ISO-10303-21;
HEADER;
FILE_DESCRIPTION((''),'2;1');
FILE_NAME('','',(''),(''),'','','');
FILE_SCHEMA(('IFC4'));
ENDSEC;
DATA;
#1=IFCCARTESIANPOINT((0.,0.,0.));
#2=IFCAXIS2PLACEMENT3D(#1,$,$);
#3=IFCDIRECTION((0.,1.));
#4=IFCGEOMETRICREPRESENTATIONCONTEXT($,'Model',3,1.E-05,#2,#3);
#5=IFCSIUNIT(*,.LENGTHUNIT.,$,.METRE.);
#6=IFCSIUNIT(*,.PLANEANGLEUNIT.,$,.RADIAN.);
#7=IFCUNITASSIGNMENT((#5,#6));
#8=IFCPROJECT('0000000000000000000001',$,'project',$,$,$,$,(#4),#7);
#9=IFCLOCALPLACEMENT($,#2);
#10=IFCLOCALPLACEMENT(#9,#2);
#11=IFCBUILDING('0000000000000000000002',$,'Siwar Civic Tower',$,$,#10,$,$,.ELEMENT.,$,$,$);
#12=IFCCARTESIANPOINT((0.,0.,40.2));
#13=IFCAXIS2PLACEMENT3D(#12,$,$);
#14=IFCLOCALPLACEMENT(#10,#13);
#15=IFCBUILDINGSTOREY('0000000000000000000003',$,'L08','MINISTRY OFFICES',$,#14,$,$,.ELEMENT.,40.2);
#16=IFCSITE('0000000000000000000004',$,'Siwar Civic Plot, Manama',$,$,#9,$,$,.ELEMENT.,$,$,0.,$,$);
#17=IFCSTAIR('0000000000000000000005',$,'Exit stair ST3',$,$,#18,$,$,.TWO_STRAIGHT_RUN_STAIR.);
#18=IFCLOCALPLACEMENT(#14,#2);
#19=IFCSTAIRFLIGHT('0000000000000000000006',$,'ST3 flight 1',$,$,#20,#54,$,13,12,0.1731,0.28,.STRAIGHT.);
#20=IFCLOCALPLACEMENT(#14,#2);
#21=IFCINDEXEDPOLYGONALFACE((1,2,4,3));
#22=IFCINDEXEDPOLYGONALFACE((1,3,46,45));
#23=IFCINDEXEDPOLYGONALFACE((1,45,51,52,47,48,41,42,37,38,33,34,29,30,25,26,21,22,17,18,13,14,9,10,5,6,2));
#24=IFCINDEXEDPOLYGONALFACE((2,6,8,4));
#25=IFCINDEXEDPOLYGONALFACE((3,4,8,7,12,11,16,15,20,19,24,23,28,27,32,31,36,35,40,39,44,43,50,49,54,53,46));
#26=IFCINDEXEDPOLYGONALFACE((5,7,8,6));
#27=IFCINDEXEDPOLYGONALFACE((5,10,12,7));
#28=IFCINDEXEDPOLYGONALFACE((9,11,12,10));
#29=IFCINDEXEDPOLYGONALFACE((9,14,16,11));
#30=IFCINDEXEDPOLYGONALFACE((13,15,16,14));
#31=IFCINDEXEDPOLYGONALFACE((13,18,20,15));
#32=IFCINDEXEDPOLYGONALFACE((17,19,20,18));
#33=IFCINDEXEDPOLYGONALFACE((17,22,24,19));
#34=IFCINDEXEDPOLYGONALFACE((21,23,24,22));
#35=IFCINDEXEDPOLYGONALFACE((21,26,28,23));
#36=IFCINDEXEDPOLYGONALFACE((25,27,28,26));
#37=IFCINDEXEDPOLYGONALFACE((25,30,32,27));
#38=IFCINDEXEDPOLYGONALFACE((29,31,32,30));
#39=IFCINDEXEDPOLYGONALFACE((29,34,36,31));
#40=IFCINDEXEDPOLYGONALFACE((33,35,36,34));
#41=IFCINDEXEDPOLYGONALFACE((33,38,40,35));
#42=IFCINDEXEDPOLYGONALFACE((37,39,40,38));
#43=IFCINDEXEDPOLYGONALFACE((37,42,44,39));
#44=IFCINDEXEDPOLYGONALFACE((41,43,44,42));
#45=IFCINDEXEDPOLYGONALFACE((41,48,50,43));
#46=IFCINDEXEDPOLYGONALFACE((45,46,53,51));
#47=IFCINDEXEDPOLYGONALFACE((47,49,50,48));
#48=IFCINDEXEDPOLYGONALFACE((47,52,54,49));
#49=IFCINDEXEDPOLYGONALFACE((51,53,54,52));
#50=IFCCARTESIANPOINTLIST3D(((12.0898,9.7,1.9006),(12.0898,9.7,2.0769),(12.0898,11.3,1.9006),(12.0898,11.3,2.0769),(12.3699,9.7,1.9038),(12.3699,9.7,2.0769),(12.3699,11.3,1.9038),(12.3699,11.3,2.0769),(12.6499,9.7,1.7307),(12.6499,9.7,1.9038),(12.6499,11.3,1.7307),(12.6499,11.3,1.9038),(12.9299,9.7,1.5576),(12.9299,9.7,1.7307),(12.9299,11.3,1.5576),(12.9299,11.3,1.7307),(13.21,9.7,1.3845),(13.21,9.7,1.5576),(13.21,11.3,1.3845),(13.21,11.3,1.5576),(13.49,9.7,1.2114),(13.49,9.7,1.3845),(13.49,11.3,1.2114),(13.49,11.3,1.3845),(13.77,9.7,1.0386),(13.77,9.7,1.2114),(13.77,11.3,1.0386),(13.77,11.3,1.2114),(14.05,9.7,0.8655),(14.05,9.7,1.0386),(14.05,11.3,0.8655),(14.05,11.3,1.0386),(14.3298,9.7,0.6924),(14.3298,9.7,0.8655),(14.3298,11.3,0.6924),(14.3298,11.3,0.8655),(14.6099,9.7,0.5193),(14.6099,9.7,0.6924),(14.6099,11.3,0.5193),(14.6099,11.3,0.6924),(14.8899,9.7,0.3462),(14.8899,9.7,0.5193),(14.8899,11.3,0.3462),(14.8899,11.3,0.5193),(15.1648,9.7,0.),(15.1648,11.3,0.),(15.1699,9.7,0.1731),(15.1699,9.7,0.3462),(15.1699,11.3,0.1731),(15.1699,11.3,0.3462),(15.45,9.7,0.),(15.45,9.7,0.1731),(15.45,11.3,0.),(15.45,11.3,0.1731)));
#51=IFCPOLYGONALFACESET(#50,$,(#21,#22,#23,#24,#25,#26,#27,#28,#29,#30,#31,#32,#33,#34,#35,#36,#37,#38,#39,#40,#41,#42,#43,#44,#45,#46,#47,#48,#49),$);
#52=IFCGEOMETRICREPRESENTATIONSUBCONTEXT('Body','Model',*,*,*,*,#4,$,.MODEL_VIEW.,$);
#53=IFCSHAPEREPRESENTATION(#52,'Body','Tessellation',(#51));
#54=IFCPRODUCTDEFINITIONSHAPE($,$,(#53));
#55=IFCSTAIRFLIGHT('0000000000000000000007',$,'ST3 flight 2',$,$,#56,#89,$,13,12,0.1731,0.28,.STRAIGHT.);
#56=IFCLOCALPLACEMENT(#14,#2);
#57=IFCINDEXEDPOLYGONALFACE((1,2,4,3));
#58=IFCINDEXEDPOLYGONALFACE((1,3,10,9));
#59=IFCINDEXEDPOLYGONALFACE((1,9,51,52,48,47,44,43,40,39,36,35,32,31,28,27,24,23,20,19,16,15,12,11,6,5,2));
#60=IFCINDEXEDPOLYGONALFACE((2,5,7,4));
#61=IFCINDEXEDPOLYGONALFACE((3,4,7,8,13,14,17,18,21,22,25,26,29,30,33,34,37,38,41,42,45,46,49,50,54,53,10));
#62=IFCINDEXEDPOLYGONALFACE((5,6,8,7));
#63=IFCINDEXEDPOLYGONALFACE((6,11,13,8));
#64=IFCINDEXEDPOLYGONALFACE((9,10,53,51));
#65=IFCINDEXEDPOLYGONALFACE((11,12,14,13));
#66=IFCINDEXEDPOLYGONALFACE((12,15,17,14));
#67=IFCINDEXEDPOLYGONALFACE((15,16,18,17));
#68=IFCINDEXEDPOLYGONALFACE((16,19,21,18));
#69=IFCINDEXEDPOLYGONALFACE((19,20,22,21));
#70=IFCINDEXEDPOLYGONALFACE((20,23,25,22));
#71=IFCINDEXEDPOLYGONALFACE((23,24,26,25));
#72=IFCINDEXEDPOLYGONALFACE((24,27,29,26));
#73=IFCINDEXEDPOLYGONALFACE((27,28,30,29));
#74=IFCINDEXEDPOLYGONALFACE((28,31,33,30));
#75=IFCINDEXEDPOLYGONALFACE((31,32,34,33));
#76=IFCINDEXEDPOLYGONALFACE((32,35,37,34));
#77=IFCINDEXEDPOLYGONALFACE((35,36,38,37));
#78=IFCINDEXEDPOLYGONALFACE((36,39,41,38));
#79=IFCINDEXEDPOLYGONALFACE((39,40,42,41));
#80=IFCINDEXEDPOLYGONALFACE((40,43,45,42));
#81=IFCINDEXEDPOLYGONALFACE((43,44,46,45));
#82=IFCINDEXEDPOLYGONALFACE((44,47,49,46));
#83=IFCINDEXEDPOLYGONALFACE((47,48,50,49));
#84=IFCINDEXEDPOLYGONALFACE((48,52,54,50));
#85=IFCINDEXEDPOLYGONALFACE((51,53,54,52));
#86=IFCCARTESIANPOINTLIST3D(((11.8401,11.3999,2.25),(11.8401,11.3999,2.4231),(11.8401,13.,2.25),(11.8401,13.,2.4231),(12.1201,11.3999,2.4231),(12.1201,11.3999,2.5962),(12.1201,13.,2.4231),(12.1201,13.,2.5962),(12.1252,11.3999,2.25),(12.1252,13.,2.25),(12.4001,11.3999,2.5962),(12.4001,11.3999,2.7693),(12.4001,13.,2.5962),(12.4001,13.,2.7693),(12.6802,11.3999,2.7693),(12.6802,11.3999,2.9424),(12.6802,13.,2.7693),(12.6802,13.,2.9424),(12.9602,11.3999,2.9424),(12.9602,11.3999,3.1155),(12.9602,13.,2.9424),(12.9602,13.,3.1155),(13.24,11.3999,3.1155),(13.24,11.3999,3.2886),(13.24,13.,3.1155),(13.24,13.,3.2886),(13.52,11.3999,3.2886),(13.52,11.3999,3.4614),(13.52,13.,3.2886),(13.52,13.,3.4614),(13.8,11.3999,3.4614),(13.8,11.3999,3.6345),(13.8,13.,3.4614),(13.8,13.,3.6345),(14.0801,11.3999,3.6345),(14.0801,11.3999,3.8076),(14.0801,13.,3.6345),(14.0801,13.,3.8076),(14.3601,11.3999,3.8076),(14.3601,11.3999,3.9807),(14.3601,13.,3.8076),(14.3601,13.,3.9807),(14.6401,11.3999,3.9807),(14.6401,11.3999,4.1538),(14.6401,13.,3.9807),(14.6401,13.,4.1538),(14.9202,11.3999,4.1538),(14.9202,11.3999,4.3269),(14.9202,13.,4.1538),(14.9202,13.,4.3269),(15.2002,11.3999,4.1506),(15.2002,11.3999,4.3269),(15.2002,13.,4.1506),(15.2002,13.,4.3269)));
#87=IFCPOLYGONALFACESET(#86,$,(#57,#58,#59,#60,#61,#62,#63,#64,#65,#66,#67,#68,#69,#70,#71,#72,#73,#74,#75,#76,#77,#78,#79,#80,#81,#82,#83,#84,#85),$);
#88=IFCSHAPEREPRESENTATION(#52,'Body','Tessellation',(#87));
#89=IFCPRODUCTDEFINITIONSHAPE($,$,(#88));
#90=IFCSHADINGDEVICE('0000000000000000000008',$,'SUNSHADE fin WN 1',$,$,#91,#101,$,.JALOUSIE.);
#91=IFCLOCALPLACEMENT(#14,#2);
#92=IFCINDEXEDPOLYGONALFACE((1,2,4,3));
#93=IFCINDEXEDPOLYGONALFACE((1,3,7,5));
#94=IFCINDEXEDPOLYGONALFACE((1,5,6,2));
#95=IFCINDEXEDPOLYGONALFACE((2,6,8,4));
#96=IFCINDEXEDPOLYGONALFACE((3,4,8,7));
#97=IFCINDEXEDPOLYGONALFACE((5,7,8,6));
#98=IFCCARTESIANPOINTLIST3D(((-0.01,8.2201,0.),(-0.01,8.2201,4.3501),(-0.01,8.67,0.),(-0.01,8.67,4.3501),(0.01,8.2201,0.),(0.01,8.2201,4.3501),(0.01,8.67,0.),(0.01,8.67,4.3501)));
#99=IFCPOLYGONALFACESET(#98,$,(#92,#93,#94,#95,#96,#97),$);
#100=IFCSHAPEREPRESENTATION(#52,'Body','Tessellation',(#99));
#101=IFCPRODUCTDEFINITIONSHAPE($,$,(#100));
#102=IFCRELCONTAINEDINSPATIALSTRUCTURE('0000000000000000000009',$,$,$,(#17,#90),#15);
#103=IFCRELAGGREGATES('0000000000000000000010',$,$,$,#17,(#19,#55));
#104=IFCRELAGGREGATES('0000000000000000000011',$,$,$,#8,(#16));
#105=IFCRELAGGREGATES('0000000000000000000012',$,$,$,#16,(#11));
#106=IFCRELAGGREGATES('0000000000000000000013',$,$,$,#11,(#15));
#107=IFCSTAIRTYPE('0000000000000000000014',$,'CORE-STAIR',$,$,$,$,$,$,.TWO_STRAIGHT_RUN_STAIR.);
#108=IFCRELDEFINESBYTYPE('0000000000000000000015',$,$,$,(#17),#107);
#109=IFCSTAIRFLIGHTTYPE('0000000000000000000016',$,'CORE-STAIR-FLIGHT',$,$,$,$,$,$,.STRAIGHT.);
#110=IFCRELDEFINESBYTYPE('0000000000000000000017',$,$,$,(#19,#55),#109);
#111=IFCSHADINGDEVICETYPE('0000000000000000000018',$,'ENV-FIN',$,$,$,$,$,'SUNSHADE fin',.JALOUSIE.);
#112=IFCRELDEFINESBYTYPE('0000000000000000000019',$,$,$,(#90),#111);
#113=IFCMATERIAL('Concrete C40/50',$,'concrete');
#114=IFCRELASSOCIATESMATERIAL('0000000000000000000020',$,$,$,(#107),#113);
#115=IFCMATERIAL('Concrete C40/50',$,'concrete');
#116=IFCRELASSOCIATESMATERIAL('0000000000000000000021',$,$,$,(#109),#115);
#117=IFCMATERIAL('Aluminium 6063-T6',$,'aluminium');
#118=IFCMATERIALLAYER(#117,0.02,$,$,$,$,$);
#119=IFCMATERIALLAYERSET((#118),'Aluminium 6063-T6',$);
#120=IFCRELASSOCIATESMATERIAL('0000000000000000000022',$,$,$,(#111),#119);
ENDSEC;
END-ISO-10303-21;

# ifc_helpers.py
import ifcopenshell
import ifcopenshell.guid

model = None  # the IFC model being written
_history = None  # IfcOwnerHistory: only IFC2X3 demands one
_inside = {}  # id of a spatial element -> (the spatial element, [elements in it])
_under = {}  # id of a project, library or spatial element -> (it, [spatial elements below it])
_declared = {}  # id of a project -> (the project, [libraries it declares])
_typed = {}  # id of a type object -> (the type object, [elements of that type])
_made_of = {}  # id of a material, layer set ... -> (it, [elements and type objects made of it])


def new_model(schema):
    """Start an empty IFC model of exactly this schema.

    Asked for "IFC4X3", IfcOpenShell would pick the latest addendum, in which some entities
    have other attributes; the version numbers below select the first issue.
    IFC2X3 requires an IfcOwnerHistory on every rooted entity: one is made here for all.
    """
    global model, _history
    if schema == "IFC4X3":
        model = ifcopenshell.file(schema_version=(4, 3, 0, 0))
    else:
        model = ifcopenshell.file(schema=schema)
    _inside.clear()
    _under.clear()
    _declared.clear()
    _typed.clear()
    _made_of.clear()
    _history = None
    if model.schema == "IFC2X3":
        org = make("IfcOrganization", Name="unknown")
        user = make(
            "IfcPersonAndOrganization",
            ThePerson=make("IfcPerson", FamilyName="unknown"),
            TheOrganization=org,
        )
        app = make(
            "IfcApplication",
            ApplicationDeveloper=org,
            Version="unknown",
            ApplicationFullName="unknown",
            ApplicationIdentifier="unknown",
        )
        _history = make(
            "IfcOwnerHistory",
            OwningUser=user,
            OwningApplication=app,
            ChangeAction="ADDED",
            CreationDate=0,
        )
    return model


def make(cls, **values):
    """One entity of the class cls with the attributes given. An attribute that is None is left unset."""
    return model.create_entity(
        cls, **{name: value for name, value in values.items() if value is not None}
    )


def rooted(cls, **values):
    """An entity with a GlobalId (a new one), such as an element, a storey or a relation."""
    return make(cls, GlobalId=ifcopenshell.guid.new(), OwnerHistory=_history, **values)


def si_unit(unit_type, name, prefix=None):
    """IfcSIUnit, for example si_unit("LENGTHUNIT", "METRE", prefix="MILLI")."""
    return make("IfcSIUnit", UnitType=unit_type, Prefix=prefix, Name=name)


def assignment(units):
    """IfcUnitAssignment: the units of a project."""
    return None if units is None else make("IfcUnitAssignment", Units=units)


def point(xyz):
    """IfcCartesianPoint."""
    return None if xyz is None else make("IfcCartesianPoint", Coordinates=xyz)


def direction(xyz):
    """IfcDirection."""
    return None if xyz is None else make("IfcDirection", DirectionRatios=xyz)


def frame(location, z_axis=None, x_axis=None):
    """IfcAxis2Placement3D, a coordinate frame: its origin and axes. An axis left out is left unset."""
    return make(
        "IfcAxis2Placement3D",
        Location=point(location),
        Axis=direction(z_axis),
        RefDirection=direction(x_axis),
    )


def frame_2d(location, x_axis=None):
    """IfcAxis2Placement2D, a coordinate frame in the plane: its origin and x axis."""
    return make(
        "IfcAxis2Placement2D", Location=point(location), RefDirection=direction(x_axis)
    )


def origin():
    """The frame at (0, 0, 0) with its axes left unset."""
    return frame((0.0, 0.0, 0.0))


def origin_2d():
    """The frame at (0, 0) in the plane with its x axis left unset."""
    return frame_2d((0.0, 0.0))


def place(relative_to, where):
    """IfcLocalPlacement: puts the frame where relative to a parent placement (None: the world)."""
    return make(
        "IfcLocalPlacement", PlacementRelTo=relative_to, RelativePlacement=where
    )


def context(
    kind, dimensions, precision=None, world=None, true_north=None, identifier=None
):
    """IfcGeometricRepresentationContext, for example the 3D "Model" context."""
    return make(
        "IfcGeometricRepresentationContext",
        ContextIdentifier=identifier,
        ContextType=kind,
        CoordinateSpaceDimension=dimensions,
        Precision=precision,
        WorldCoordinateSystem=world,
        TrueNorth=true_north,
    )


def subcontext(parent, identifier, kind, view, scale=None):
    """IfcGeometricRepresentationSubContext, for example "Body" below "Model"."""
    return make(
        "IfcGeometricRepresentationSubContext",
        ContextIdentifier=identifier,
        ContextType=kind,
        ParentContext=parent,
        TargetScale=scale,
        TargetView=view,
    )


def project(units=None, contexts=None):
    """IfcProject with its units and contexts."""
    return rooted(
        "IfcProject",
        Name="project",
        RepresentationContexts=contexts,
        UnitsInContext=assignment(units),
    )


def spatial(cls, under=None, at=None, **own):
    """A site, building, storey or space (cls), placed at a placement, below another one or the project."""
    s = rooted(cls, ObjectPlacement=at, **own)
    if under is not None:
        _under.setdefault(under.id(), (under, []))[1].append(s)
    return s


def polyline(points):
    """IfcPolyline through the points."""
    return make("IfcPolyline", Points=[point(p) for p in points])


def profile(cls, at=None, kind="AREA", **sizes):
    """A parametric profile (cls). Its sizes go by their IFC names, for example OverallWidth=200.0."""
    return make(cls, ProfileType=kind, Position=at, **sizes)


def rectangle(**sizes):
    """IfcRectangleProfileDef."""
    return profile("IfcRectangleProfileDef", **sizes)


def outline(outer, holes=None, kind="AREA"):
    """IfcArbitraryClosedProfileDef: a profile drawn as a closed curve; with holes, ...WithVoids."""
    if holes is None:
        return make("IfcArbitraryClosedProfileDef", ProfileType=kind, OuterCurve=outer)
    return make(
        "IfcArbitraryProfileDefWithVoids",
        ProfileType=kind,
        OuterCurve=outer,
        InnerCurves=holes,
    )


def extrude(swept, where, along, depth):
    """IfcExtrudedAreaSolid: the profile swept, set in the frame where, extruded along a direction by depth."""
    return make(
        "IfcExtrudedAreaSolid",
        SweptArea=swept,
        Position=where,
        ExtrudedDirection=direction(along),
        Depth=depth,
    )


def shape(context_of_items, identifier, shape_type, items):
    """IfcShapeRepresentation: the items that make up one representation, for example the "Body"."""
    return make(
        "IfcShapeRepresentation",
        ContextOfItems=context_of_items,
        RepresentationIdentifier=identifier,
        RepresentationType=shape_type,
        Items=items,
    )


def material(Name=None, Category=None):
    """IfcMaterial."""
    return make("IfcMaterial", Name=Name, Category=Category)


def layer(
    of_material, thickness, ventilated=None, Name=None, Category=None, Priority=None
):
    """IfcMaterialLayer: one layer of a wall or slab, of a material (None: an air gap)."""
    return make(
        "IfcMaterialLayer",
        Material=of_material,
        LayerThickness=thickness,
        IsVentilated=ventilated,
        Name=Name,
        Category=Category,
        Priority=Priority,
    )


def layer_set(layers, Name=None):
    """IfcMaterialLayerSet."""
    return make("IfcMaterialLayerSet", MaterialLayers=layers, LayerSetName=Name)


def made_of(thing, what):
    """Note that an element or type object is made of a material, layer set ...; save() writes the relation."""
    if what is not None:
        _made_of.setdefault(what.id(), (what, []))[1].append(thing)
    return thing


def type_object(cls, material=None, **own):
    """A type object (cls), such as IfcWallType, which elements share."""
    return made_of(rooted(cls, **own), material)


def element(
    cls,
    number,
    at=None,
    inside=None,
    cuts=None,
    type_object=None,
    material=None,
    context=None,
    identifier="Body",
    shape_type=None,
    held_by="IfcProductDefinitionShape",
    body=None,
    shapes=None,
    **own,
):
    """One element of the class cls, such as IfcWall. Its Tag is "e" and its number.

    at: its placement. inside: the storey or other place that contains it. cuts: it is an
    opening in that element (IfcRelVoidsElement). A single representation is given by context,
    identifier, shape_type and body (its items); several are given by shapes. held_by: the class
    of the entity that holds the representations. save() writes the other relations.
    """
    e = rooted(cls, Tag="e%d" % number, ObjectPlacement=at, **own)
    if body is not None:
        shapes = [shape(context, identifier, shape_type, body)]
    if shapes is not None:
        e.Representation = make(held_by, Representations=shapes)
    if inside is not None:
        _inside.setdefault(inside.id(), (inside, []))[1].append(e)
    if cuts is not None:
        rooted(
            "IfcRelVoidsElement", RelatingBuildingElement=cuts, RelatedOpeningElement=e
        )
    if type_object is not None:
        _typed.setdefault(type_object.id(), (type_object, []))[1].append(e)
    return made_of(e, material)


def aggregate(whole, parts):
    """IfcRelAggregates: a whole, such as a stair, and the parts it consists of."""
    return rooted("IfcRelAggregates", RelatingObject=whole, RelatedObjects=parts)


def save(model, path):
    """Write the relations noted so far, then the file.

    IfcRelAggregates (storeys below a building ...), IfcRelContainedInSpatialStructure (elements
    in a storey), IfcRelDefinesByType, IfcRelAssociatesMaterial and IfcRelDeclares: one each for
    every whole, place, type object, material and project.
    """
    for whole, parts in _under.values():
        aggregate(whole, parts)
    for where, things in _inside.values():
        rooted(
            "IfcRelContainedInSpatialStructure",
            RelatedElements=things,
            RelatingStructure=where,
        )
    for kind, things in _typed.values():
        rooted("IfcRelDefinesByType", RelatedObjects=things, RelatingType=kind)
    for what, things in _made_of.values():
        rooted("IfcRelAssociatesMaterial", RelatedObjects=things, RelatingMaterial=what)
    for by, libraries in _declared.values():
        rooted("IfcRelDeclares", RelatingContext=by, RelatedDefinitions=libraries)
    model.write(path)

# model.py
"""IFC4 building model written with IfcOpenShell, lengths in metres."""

from ifc_helpers import new_model, si_unit, direction, frame, origin, origin_2d, place, context, subcontext, project, spatial, polyline, rectangle, outline, extrude, material, layer, layer_set, type_object, element, aggregate, save


model = new_model("IFC4")

# Units and contexts
model_context = context("Model", 3, precision=1e-05, world=origin(), true_north=direction((0.0, 1.0)))
body_context = subcontext(model_context, "Body", "Model", "MODEL_VIEW")
ifc_project = project(units=[si_unit("LENGTHUNIT", "METRE"), si_unit("PLANEANGLEUNIT", "RADIAN")], contexts=[model_context])

# Site, building, storey
site_placement = place(None, origin())
site = spatial("IfcSite", under=ifc_project, at=site_placement, Name="Siwar Civic Plot, Manama", CompositionType="ELEMENT", RefElevation=0.0)
building_placement = place(site_placement, origin())
building = spatial("IfcBuilding", under=site, at=building_placement, Name="Siwar Civic Tower", CompositionType="ELEMENT")
storey_placement = place(building_placement, frame((0.0, 0.0, 40.2)))
storey = spatial("IfcBuildingStorey", under=building, at=storey_placement, Name="L08", Description="MINISTRY OFFICES", CompositionType="ELEMENT", Elevation=40.2)

# Shared definitions
ifc_material_1 = material(Name="Concrete C40/50", Category="concrete")
stair_type = type_object("IfcStairType", Name="CORE-STAIR", PredefinedType="TWO_STRAIGHT_RUN_STAIR", material=ifc_material_1)

# Stair
stair_1_placement = place(storey_placement, origin())
stair_1 = element("IfcStair", 1, at=stair_1_placement, inside=storey, type_object=stair_type, Name="Exit stair ST3", PredefinedType="TWO_STRAIGHT_RUN_STAIR")

# Stair flights
ifc_material_2 = material(Name="Concrete C40/50", Category="concrete")
stair_flight_type = type_object("IfcStairFlightType", Name="CORE-STAIR-FLIGHT", PredefinedType="STRAIGHT", material=ifc_material_2)
stair_flight_1_placement = place(storey_placement, frame((15.45, 10.5, 0.0), z_axis=(0.0, 0.0, 1.0), x_axis=(-1.0, 0.0, 0.0)))
stair_flight_1 = element("IfcStairFlight", 2, at=stair_flight_1_placement, type_object=stair_flight_type, Name="ST3 flight 1", NumberOfRisers=13, NumberOfTreads=12, PredefinedType="STRAIGHT", RiserHeight=0.1731, TreadLength=0.28, context=body_context, shape_type="SweptSolid", body=[
    extrude(outline(polyline([(0.0, 0.0), (0.0, 0.1731), (0.28, 0.1731), (0.28, 0.3462), (0.5601, 0.3462), (0.5601, 0.5193), (0.8401, 0.5193), (0.8401, 0.6924), (1.1201, 0.6924), (1.1201, 0.8655), (1.3999, 0.8655), (1.3999, 1.0386), (1.6799, 1.0386), (1.6799, 1.2114), (1.96, 1.2114), (1.96, 1.3845), (2.24, 1.3845), (2.24, 1.5576), (2.52, 1.5576), (2.52, 1.7307), (2.8, 1.7307), (2.8, 1.9038), (3.0801, 1.9038), (3.0801, 2.0769), (3.3601, 2.0769), (3.3601, 2.25), (3.3601, 1.9006), (0.2852, 0.0), (0.0, 0.0)])), frame((0.0, 0.8, 0.0), z_axis=(0.0, -1.0, 0.0), x_axis=(1.0, 0.0, 0.0)), (0.0, 0.0, 1.0), 1.6001),
])
stair_flight_2_placement = place(storey_placement, frame((11.8401, 12.2, 2.25), z_axis=(0.0, 0.0, 1.0), x_axis=(1.0, 0.0, 0.0)))
stair_flight_2 = element("IfcStairFlight", 3, at=stair_flight_2_placement, type_object=stair_flight_type, Name="ST3 flight 2", NumberOfRisers=13, NumberOfTreads=12, PredefinedType="STRAIGHT", RiserHeight=0.1731, TreadLength=0.28, context=body_context, shape_type="SweptSolid", body=[
    extrude(outline(polyline([(0.0, 0.0), (0.0, 0.1731), (0.28, 0.1731), (0.28, 0.3462), (0.5601, 0.3462), (0.5601, 0.5193), (0.8401, 0.5193), (0.8401, 0.6924), (1.1201, 0.6924), (1.1201, 0.8655), (1.3999, 0.8655), (1.3999, 1.0386), (1.6799, 1.0386), (1.6799, 1.2114), (1.96, 1.2114), (1.96, 1.3845), (2.24, 1.3845), (2.24, 1.5576), (2.52, 1.5576), (2.52, 1.7307), (2.8, 1.7307), (2.8, 1.9038), (3.0801, 1.9038), (3.0801, 2.0769), (3.3601, 2.0769), (3.3601, 2.25), (3.3601, 1.9006), (0.2852, 0.0), (0.0, 0.0)])), frame((0.0, 0.8, 0.0), z_axis=(0.0, -1.0, 0.0), x_axis=(1.0, 0.0, 0.0)), (0.0, 0.0, 1.0), 1.6001),
])
aggregate(stair_1, [stair_flight_1, stair_flight_2])

# Shading device
ifc_material_3 = material(Name="Aluminium 6063-T6", Category="aluminium")
ifc_layer_1 = layer(ifc_material_3, 0.02)
ifc_layer_set_1 = layer_set([ifc_layer_1], Name="Aluminium 6063-T6")
shading_device_type = type_object("IfcShadingDeviceType", Name="ENV-FIN", ElementType="SUNSHADE fin", PredefinedType="JALOUSIE", material=ifc_layer_set_1)
shading_device_placement = place(storey_placement, frame((0.0, 8.4451, 0.0), z_axis=(0.0, 0.0, 1.0), x_axis=(-1.0, 0.0, 0.0)))
element("IfcShadingDevice", 4, at=shading_device_placement, inside=storey, type_object=shading_device_type, Name="SUNSHADE fin WN 1", PredefinedType="JALOUSIE", context=body_context, shape_type="SweptSolid", body=[
    extrude(rectangle(XDim=0.02, YDim=0.45, at=origin_2d()), origin(), (0.0, 0.0, 1.0), 4.3501),
])

save(model, "model.ifc")
